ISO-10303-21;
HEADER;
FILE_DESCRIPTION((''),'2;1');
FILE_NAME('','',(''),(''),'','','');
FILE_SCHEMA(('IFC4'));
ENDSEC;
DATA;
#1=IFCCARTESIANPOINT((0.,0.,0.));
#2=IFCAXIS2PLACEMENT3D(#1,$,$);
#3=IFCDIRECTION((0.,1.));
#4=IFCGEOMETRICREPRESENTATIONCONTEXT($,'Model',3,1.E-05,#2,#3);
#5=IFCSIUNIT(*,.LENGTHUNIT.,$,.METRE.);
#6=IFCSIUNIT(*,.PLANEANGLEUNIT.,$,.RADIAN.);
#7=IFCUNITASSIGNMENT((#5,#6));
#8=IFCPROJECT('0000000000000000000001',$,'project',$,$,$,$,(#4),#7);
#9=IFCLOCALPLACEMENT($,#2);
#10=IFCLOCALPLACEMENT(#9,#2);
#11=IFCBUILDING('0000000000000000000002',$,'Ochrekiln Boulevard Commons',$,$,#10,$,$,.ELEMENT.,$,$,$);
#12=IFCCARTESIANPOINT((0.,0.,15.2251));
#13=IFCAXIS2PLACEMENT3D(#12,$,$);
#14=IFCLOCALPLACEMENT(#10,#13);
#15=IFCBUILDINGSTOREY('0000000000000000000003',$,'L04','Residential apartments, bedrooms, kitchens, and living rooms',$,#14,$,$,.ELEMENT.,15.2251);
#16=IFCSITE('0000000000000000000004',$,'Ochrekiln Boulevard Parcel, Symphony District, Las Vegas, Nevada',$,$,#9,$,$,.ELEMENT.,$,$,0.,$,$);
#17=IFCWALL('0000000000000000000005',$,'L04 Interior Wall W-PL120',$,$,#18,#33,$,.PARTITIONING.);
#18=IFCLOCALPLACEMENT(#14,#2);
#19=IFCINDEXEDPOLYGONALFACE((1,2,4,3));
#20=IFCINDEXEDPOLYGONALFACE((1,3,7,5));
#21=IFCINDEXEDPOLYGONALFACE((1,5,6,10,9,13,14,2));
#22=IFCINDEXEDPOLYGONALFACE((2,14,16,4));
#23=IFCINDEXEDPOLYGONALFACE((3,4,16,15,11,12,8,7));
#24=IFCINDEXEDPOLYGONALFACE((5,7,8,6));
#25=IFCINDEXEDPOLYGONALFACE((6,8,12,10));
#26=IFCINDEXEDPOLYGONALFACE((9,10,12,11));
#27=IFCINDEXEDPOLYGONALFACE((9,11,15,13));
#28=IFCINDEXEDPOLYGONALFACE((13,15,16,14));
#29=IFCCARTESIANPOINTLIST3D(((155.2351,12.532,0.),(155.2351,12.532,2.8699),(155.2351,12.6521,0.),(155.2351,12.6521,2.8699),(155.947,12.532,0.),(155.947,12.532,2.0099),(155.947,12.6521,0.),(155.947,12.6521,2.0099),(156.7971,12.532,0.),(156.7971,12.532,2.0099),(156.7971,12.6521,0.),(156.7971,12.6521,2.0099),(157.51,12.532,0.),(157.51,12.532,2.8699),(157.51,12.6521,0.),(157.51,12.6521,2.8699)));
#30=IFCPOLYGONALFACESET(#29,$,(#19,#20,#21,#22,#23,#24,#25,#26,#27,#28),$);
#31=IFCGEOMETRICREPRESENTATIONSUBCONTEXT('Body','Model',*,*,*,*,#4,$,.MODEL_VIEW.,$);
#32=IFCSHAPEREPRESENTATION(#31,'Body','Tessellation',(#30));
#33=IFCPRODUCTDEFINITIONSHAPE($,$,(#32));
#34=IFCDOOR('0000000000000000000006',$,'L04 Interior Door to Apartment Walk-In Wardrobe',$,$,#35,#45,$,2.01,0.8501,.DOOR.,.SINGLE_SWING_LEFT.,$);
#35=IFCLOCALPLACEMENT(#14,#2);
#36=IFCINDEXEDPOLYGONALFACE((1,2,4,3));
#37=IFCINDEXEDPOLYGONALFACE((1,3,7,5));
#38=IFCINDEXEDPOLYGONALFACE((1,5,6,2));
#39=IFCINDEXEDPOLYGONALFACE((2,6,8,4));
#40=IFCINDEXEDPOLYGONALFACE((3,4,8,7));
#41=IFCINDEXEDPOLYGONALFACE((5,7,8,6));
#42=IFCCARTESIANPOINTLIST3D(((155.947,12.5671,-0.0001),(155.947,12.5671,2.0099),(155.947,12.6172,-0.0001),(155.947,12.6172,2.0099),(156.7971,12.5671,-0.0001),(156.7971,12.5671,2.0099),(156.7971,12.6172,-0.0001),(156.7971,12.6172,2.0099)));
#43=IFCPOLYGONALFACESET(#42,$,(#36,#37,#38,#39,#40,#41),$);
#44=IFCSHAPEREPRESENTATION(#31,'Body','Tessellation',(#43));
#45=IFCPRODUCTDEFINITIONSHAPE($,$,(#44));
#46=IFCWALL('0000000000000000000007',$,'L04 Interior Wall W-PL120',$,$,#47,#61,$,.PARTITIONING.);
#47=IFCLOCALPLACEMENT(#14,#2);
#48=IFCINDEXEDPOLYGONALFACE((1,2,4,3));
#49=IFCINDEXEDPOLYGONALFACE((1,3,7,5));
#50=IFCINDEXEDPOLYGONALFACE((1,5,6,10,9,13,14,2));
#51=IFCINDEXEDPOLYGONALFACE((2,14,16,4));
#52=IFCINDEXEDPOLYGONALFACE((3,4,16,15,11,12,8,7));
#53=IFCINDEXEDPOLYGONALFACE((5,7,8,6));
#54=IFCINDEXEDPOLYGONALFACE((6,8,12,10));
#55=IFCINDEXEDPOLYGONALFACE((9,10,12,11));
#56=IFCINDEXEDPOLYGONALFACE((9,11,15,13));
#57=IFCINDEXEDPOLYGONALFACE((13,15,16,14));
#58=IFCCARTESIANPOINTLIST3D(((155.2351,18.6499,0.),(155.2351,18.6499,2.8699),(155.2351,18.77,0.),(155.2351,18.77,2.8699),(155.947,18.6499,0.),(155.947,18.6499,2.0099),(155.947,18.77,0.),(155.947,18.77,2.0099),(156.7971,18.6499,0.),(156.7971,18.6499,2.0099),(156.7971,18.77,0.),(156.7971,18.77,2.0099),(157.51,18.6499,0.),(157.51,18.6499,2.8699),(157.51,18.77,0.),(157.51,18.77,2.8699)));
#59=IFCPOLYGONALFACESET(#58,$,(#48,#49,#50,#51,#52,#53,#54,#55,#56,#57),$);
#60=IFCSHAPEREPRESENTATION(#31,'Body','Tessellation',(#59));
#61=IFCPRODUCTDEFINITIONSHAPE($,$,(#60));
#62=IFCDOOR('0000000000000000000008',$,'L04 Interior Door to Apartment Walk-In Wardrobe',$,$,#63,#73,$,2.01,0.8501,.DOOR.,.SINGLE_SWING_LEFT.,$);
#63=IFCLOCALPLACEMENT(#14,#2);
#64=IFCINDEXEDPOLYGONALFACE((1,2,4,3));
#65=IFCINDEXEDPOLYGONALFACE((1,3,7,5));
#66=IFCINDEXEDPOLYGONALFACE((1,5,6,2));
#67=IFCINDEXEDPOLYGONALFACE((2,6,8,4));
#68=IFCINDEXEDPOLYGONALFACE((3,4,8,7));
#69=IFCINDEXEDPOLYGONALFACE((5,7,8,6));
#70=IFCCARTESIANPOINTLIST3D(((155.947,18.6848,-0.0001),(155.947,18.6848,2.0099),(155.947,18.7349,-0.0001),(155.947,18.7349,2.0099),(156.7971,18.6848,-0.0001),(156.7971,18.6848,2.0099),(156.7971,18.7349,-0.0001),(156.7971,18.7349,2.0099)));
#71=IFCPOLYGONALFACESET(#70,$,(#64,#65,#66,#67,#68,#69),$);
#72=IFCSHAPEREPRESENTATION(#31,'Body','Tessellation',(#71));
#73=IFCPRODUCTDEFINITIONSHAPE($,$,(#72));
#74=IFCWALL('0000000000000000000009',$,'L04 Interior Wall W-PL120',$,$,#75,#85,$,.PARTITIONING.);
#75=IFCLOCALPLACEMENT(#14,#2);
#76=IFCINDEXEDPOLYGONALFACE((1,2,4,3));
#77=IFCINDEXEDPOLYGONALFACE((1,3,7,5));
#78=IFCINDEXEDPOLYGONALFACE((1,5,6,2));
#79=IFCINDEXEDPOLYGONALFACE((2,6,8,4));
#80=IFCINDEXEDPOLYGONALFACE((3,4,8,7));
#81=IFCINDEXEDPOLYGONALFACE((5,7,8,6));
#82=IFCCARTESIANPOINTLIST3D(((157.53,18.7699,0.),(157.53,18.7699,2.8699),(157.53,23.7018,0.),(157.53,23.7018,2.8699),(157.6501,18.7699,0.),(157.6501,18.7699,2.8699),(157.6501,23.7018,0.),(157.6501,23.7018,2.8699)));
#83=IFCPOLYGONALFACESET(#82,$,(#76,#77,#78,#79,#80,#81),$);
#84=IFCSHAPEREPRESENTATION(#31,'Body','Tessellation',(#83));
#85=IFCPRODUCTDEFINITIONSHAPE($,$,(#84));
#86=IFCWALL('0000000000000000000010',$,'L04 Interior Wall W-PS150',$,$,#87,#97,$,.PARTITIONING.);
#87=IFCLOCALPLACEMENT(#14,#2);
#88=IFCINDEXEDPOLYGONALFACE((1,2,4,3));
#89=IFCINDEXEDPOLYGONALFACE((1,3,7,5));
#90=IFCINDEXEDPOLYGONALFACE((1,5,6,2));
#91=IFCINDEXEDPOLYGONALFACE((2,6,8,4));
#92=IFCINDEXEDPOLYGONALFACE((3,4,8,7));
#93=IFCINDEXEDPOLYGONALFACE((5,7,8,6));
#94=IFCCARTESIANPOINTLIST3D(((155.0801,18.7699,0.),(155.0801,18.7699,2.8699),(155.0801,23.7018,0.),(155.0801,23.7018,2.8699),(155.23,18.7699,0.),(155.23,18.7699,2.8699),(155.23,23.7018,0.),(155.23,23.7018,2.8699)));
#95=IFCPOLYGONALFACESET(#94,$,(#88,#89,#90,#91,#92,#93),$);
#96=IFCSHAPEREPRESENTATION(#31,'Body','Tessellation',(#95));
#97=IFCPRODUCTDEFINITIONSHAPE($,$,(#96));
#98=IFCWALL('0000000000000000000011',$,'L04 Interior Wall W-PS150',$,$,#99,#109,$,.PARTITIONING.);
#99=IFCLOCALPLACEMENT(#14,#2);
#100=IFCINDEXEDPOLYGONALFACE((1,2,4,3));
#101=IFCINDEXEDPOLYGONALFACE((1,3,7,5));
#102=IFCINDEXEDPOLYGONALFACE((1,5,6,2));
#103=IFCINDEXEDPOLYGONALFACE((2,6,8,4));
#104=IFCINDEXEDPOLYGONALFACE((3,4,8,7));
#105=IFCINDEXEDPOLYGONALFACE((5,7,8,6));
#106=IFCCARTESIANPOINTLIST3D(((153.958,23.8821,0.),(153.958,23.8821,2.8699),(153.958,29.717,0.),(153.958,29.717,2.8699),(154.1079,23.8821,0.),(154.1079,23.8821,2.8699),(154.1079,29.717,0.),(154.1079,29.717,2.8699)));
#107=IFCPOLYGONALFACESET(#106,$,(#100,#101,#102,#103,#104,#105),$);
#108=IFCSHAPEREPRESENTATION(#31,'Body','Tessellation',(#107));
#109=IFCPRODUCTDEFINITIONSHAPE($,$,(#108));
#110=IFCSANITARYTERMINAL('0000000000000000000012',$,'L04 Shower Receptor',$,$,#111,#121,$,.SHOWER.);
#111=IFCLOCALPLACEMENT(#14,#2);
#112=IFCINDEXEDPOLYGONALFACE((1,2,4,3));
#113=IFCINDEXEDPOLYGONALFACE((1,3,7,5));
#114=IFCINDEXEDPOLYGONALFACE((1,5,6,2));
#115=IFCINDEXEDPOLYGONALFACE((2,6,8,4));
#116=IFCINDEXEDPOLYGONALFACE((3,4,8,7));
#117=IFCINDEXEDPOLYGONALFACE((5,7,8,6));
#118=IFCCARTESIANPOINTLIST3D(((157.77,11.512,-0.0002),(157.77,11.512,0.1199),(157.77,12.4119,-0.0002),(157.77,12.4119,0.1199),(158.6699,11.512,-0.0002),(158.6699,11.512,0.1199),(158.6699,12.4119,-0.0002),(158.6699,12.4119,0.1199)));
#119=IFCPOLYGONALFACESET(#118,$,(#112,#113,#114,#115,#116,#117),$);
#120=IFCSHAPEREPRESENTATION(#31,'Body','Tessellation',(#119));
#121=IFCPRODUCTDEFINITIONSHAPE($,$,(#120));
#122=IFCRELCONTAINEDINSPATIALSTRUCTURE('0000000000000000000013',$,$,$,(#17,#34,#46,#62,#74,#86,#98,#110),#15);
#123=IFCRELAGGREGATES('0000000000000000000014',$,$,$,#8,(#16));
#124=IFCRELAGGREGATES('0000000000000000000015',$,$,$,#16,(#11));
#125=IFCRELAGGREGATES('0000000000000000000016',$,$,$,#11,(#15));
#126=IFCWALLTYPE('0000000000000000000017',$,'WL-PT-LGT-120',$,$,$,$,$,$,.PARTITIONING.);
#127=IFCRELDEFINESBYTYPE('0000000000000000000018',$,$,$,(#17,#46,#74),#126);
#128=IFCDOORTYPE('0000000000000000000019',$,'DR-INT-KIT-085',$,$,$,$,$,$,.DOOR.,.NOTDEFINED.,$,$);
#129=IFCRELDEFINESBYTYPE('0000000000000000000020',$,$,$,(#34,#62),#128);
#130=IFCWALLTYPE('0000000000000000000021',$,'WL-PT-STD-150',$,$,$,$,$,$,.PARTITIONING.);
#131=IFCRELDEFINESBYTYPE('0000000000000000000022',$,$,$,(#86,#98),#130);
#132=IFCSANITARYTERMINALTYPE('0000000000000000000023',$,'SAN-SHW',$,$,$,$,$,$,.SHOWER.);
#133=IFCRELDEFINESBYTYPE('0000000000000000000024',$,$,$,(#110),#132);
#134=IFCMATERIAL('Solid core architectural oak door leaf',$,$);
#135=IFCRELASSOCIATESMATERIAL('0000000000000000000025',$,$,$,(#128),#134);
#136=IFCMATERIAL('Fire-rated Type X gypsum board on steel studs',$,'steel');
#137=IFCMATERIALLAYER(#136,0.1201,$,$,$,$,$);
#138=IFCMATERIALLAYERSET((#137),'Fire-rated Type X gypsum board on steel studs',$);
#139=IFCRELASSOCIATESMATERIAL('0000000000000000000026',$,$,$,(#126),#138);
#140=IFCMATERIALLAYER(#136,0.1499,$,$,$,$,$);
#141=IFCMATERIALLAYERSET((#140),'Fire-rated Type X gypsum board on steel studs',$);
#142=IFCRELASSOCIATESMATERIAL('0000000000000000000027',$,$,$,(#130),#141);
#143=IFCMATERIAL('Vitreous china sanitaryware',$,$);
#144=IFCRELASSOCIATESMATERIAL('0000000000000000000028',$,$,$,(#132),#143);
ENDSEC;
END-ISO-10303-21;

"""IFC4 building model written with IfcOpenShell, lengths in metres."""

from ifc_helpers import new_model, si_unit, direction, frame, frame_2d, origin, origin_2d, place, context, subcontext, project, spatial, rectangle, extrude, material, layer, layer_set, type_object, element, fill, save


model = new_model("IFC4")

# Units and contexts
model_context = context("Model", 3, precision=1e-05, world=origin(), true_north=direction((0.0, 1.0)))
body_context = subcontext(model_context, "Body", "Model", "MODEL_VIEW")
ifc_project = project(units=[si_unit("LENGTHUNIT", "METRE"), si_unit("PLANEANGLEUNIT", "RADIAN")], contexts=[model_context])

# Site, building, storey
site_placement = place(None, origin())
site = spatial("IfcSite", under=ifc_project, at=site_placement, Name="Ochrekiln Boulevard Parcel, Symphony District, Las Vegas, Nevada", CompositionType="ELEMENT", RefElevation=0.0)
building_placement = place(site_placement, origin())
building = spatial("IfcBuilding", under=site, at=building_placement, Name="Ochrekiln Boulevard Commons", CompositionType="ELEMENT")
storey_placement = place(building_placement, frame((0.0, 0.0, 15.2251)))
storey = spatial("IfcBuildingStorey", under=building, at=storey_placement, Name="L04", Description="Residential apartments, bedrooms, kitchens, and living rooms", CompositionType="ELEMENT", Elevation=15.2251)

# Shared definitions
ifc_material_1 = material(Name="Solid core architectural oak door leaf")

# Shared definitions
door_type_1 = type_object("IfcDoorType", Name="DR-INT-KIT-085", OperationType="NOTDEFINED", PredefinedType="DOOR", material=ifc_material_1)

# Shared definitions
ifc_material_2 = material(Name="Fire-rated Type X gypsum board on steel studs", Category="steel")

# Walls, openings, doors
ifc_layer_1 = layer(ifc_material_2, 0.1201)
ifc_layer_set_1 = layer_set([ifc_layer_1], Name="Fire-rated Type X gypsum board on steel studs")
wall_type_1 = type_object("IfcWallType", Name="WL-PT-LGT-120", PredefinedType="PARTITIONING", material=ifc_layer_set_1)
wall_1_placement = place(storey_placement, frame((155.2351, 12.592, 0.0), z_axis=(0.0, 0.0, 1.0), x_axis=(1.0, 0.0, 0.0)))
wall_1 = element("IfcWall", 1, at=wall_1_placement, inside=storey, type_object=wall_type_1, Name="L04 Interior Wall W-PL120", PredefinedType="PARTITIONING", context=body_context, shape_type="SweptSolid", body=[
    extrude(rectangle(XDim=2.2749, YDim=0.1201, at=frame_2d((1.1375, 0.0))), origin(), (0.0, 0.0, 1.0), 2.8699),
])
opening_1_placement = place(wall_1_placement, frame((0.7119, 0.0, 0.0)))
opening_1 = element("IfcOpeningElement", 2, at=opening_1_placement, cuts=wall_1, PredefinedType="OPENING", context=body_context, shape_type="SweptSolid", body=[
    extrude(rectangle(XDim=0.8501, YDim=2.01, at=frame_2d((0.425, 1.0049))), frame((0.0, 0.0701, 0.0), z_axis=(0.0, -1.0, 0.0), x_axis=(1.0, 0.0, 0.0)), (0.0, 0.0, 1.0), 0.1401),
])
door_1_placement = place(opening_1_placement, frame((0.8501, 0.0, 0.0), z_axis=(0.0, 0.0, 1.0), x_axis=(-1.0, 0.0, 0.0)))
door_1 = element("IfcDoor", 3, at=door_1_placement, inside=storey, type_object=door_type_1, Name="L04 Interior Door to Apartment Walk-In Wardrobe", OperationType="SINGLE_SWING_LEFT", OverallHeight=2.01, OverallWidth=0.8501, PredefinedType="DOOR", context=body_context, shape_type="SweptSolid", body=[
    extrude(rectangle(XDim=0.8501, YDim=2.01, at=frame_2d((0.425, 1.0049))), frame((0.0, 0.0249, 0.0), z_axis=(0.0, -1.0, 0.0), x_axis=(1.0, 0.0, 0.0)), (0.0, 0.0, 1.0), 0.05),
])
fill(opening_1, door_1)
wall_2_placement = place(storey_placement, frame((155.2351, 18.71, 0.0), z_axis=(0.0, 0.0, 1.0), x_axis=(1.0, 0.0, 0.0)))
wall_2 = element("IfcWall", 4, at=wall_2_placement, inside=storey, type_object=wall_type_1, Name="L04 Interior Wall W-PL120", PredefinedType="PARTITIONING", context=body_context, shape_type="SweptSolid", body=[
    extrude(rectangle(XDim=2.2749, YDim=0.1201, at=frame_2d((1.1375, 0.0))), origin(), (0.0, 0.0, 1.0), 2.8699),
])
opening_2_placement = place(wall_2_placement, frame((0.7119, 0.0, 0.0)))
opening_2 = element("IfcOpeningElement", 5, at=opening_2_placement, cuts=wall_2, PredefinedType="OPENING", context=body_context, shape_type="SweptSolid", body=[
    extrude(rectangle(XDim=0.8501, YDim=2.01, at=frame_2d((0.425, 1.0049))), frame((0.0, 0.0701, 0.0), z_axis=(0.0, -1.0, 0.0), x_axis=(1.0, 0.0, 0.0)), (0.0, 0.0, 1.0), 0.1401),
])
door_2_placement = place(opening_2_placement, origin())
door_2 = element("IfcDoor", 6, at=door_2_placement, inside=storey, type_object=door_type_1, Name="L04 Interior Door to Apartment Walk-In Wardrobe", OperationType="SINGLE_SWING_LEFT", OverallHeight=2.01, OverallWidth=0.8501, PredefinedType="DOOR", context=body_context, shape_type="SweptSolid", body=[
    extrude(rectangle(XDim=0.8501, YDim=2.01, at=frame_2d((0.425, 1.0049))), frame((0.0, 0.0249, 0.0), z_axis=(0.0, -1.0, 0.0), x_axis=(1.0, 0.0, 0.0)), (0.0, 0.0, 1.0), 0.05),
])
fill(opening_2, door_2)

# Walls
wall_3_placement = place(storey_placement, frame((157.5901, 18.77, 0.0), z_axis=(0.0, 0.0, 1.0), x_axis=(0.0, 1.0, 0.0)))
element("IfcWall", 7, at=wall_3_placement, inside=storey, type_object=wall_type_1, Name="L04 Interior Wall W-PL120", PredefinedType="PARTITIONING", context=body_context, shape_type="SweptSolid", body=[
    extrude(rectangle(XDim=4.9319, YDim=0.1201, at=frame_2d((2.4658, 0.0))), origin(), (0.0, 0.0, 1.0), 2.8699),
])
ifc_layer_2 = layer(ifc_material_2, 0.1499)
ifc_layer_set_2 = layer_set([ifc_layer_2], Name="Fire-rated Type X gypsum board on steel studs")
wall_type_2 = type_object("IfcWallType", Name="WL-PT-STD-150", PredefinedType="PARTITIONING", material=ifc_layer_set_2)
wall_4_placement = place(storey_placement, frame((155.155, 18.77, 0.0), z_axis=(0.0, 0.0, 1.0), x_axis=(0.0, 1.0, 0.0)))
element("IfcWall", 8, at=wall_4_placement, inside=storey, type_object=wall_type_2, Name="L04 Interior Wall W-PS150", PredefinedType="PARTITIONING", context=body_context, shape_type="SweptSolid", body=[
    extrude(rectangle(XDim=4.9319, YDim=0.1499, at=frame_2d((2.4658, 0.0))), origin(), (0.0, 0.0, 1.0), 2.8699),
])
wall_5_placement = place(storey_placement, frame((154.033, 23.8821, 0.0), z_axis=(0.0, 0.0, 1.0), x_axis=(0.0, 1.0, 0.0)))
element("IfcWall", 9, at=wall_5_placement, inside=storey, type_object=wall_type_2, Name="L04 Interior Wall W-PS150", PredefinedType="PARTITIONING", context=body_context, shape_type="SweptSolid", body=[
    extrude(rectangle(XDim=5.835, YDim=0.1499, at=frame_2d((2.9175, 0.0))), origin(), (0.0, 0.0, 1.0), 2.8699),
])

# Sanitary terminal
ifc_material_3 = material(Name="Vitreous china sanitaryware")
sanitary_terminal_type = type_object("IfcSanitaryTerminalType", Name="SAN-SHW", PredefinedType="SHOWER", material=ifc_material_3)
sanitary_terminal_placement = place(storey_placement, frame((158.22, 11.9619, -0.0002), z_axis=(0.0, 0.0, 1.0), x_axis=(1.0, 0.0, 0.0)))
element("IfcSanitaryTerminal", 10, at=sanitary_terminal_placement, inside=storey, type_object=sanitary_terminal_type, Name="L04 Shower Receptor", PredefinedType="SHOWER", context=body_context, shape_type="SweptSolid", body=[
    extrude(rectangle(XDim=0.8999, YDim=0.8999, at=origin_2d()), origin(), (0.0, 0.0, 1.0), 0.1201),
])

save(model, "model.ifc")
